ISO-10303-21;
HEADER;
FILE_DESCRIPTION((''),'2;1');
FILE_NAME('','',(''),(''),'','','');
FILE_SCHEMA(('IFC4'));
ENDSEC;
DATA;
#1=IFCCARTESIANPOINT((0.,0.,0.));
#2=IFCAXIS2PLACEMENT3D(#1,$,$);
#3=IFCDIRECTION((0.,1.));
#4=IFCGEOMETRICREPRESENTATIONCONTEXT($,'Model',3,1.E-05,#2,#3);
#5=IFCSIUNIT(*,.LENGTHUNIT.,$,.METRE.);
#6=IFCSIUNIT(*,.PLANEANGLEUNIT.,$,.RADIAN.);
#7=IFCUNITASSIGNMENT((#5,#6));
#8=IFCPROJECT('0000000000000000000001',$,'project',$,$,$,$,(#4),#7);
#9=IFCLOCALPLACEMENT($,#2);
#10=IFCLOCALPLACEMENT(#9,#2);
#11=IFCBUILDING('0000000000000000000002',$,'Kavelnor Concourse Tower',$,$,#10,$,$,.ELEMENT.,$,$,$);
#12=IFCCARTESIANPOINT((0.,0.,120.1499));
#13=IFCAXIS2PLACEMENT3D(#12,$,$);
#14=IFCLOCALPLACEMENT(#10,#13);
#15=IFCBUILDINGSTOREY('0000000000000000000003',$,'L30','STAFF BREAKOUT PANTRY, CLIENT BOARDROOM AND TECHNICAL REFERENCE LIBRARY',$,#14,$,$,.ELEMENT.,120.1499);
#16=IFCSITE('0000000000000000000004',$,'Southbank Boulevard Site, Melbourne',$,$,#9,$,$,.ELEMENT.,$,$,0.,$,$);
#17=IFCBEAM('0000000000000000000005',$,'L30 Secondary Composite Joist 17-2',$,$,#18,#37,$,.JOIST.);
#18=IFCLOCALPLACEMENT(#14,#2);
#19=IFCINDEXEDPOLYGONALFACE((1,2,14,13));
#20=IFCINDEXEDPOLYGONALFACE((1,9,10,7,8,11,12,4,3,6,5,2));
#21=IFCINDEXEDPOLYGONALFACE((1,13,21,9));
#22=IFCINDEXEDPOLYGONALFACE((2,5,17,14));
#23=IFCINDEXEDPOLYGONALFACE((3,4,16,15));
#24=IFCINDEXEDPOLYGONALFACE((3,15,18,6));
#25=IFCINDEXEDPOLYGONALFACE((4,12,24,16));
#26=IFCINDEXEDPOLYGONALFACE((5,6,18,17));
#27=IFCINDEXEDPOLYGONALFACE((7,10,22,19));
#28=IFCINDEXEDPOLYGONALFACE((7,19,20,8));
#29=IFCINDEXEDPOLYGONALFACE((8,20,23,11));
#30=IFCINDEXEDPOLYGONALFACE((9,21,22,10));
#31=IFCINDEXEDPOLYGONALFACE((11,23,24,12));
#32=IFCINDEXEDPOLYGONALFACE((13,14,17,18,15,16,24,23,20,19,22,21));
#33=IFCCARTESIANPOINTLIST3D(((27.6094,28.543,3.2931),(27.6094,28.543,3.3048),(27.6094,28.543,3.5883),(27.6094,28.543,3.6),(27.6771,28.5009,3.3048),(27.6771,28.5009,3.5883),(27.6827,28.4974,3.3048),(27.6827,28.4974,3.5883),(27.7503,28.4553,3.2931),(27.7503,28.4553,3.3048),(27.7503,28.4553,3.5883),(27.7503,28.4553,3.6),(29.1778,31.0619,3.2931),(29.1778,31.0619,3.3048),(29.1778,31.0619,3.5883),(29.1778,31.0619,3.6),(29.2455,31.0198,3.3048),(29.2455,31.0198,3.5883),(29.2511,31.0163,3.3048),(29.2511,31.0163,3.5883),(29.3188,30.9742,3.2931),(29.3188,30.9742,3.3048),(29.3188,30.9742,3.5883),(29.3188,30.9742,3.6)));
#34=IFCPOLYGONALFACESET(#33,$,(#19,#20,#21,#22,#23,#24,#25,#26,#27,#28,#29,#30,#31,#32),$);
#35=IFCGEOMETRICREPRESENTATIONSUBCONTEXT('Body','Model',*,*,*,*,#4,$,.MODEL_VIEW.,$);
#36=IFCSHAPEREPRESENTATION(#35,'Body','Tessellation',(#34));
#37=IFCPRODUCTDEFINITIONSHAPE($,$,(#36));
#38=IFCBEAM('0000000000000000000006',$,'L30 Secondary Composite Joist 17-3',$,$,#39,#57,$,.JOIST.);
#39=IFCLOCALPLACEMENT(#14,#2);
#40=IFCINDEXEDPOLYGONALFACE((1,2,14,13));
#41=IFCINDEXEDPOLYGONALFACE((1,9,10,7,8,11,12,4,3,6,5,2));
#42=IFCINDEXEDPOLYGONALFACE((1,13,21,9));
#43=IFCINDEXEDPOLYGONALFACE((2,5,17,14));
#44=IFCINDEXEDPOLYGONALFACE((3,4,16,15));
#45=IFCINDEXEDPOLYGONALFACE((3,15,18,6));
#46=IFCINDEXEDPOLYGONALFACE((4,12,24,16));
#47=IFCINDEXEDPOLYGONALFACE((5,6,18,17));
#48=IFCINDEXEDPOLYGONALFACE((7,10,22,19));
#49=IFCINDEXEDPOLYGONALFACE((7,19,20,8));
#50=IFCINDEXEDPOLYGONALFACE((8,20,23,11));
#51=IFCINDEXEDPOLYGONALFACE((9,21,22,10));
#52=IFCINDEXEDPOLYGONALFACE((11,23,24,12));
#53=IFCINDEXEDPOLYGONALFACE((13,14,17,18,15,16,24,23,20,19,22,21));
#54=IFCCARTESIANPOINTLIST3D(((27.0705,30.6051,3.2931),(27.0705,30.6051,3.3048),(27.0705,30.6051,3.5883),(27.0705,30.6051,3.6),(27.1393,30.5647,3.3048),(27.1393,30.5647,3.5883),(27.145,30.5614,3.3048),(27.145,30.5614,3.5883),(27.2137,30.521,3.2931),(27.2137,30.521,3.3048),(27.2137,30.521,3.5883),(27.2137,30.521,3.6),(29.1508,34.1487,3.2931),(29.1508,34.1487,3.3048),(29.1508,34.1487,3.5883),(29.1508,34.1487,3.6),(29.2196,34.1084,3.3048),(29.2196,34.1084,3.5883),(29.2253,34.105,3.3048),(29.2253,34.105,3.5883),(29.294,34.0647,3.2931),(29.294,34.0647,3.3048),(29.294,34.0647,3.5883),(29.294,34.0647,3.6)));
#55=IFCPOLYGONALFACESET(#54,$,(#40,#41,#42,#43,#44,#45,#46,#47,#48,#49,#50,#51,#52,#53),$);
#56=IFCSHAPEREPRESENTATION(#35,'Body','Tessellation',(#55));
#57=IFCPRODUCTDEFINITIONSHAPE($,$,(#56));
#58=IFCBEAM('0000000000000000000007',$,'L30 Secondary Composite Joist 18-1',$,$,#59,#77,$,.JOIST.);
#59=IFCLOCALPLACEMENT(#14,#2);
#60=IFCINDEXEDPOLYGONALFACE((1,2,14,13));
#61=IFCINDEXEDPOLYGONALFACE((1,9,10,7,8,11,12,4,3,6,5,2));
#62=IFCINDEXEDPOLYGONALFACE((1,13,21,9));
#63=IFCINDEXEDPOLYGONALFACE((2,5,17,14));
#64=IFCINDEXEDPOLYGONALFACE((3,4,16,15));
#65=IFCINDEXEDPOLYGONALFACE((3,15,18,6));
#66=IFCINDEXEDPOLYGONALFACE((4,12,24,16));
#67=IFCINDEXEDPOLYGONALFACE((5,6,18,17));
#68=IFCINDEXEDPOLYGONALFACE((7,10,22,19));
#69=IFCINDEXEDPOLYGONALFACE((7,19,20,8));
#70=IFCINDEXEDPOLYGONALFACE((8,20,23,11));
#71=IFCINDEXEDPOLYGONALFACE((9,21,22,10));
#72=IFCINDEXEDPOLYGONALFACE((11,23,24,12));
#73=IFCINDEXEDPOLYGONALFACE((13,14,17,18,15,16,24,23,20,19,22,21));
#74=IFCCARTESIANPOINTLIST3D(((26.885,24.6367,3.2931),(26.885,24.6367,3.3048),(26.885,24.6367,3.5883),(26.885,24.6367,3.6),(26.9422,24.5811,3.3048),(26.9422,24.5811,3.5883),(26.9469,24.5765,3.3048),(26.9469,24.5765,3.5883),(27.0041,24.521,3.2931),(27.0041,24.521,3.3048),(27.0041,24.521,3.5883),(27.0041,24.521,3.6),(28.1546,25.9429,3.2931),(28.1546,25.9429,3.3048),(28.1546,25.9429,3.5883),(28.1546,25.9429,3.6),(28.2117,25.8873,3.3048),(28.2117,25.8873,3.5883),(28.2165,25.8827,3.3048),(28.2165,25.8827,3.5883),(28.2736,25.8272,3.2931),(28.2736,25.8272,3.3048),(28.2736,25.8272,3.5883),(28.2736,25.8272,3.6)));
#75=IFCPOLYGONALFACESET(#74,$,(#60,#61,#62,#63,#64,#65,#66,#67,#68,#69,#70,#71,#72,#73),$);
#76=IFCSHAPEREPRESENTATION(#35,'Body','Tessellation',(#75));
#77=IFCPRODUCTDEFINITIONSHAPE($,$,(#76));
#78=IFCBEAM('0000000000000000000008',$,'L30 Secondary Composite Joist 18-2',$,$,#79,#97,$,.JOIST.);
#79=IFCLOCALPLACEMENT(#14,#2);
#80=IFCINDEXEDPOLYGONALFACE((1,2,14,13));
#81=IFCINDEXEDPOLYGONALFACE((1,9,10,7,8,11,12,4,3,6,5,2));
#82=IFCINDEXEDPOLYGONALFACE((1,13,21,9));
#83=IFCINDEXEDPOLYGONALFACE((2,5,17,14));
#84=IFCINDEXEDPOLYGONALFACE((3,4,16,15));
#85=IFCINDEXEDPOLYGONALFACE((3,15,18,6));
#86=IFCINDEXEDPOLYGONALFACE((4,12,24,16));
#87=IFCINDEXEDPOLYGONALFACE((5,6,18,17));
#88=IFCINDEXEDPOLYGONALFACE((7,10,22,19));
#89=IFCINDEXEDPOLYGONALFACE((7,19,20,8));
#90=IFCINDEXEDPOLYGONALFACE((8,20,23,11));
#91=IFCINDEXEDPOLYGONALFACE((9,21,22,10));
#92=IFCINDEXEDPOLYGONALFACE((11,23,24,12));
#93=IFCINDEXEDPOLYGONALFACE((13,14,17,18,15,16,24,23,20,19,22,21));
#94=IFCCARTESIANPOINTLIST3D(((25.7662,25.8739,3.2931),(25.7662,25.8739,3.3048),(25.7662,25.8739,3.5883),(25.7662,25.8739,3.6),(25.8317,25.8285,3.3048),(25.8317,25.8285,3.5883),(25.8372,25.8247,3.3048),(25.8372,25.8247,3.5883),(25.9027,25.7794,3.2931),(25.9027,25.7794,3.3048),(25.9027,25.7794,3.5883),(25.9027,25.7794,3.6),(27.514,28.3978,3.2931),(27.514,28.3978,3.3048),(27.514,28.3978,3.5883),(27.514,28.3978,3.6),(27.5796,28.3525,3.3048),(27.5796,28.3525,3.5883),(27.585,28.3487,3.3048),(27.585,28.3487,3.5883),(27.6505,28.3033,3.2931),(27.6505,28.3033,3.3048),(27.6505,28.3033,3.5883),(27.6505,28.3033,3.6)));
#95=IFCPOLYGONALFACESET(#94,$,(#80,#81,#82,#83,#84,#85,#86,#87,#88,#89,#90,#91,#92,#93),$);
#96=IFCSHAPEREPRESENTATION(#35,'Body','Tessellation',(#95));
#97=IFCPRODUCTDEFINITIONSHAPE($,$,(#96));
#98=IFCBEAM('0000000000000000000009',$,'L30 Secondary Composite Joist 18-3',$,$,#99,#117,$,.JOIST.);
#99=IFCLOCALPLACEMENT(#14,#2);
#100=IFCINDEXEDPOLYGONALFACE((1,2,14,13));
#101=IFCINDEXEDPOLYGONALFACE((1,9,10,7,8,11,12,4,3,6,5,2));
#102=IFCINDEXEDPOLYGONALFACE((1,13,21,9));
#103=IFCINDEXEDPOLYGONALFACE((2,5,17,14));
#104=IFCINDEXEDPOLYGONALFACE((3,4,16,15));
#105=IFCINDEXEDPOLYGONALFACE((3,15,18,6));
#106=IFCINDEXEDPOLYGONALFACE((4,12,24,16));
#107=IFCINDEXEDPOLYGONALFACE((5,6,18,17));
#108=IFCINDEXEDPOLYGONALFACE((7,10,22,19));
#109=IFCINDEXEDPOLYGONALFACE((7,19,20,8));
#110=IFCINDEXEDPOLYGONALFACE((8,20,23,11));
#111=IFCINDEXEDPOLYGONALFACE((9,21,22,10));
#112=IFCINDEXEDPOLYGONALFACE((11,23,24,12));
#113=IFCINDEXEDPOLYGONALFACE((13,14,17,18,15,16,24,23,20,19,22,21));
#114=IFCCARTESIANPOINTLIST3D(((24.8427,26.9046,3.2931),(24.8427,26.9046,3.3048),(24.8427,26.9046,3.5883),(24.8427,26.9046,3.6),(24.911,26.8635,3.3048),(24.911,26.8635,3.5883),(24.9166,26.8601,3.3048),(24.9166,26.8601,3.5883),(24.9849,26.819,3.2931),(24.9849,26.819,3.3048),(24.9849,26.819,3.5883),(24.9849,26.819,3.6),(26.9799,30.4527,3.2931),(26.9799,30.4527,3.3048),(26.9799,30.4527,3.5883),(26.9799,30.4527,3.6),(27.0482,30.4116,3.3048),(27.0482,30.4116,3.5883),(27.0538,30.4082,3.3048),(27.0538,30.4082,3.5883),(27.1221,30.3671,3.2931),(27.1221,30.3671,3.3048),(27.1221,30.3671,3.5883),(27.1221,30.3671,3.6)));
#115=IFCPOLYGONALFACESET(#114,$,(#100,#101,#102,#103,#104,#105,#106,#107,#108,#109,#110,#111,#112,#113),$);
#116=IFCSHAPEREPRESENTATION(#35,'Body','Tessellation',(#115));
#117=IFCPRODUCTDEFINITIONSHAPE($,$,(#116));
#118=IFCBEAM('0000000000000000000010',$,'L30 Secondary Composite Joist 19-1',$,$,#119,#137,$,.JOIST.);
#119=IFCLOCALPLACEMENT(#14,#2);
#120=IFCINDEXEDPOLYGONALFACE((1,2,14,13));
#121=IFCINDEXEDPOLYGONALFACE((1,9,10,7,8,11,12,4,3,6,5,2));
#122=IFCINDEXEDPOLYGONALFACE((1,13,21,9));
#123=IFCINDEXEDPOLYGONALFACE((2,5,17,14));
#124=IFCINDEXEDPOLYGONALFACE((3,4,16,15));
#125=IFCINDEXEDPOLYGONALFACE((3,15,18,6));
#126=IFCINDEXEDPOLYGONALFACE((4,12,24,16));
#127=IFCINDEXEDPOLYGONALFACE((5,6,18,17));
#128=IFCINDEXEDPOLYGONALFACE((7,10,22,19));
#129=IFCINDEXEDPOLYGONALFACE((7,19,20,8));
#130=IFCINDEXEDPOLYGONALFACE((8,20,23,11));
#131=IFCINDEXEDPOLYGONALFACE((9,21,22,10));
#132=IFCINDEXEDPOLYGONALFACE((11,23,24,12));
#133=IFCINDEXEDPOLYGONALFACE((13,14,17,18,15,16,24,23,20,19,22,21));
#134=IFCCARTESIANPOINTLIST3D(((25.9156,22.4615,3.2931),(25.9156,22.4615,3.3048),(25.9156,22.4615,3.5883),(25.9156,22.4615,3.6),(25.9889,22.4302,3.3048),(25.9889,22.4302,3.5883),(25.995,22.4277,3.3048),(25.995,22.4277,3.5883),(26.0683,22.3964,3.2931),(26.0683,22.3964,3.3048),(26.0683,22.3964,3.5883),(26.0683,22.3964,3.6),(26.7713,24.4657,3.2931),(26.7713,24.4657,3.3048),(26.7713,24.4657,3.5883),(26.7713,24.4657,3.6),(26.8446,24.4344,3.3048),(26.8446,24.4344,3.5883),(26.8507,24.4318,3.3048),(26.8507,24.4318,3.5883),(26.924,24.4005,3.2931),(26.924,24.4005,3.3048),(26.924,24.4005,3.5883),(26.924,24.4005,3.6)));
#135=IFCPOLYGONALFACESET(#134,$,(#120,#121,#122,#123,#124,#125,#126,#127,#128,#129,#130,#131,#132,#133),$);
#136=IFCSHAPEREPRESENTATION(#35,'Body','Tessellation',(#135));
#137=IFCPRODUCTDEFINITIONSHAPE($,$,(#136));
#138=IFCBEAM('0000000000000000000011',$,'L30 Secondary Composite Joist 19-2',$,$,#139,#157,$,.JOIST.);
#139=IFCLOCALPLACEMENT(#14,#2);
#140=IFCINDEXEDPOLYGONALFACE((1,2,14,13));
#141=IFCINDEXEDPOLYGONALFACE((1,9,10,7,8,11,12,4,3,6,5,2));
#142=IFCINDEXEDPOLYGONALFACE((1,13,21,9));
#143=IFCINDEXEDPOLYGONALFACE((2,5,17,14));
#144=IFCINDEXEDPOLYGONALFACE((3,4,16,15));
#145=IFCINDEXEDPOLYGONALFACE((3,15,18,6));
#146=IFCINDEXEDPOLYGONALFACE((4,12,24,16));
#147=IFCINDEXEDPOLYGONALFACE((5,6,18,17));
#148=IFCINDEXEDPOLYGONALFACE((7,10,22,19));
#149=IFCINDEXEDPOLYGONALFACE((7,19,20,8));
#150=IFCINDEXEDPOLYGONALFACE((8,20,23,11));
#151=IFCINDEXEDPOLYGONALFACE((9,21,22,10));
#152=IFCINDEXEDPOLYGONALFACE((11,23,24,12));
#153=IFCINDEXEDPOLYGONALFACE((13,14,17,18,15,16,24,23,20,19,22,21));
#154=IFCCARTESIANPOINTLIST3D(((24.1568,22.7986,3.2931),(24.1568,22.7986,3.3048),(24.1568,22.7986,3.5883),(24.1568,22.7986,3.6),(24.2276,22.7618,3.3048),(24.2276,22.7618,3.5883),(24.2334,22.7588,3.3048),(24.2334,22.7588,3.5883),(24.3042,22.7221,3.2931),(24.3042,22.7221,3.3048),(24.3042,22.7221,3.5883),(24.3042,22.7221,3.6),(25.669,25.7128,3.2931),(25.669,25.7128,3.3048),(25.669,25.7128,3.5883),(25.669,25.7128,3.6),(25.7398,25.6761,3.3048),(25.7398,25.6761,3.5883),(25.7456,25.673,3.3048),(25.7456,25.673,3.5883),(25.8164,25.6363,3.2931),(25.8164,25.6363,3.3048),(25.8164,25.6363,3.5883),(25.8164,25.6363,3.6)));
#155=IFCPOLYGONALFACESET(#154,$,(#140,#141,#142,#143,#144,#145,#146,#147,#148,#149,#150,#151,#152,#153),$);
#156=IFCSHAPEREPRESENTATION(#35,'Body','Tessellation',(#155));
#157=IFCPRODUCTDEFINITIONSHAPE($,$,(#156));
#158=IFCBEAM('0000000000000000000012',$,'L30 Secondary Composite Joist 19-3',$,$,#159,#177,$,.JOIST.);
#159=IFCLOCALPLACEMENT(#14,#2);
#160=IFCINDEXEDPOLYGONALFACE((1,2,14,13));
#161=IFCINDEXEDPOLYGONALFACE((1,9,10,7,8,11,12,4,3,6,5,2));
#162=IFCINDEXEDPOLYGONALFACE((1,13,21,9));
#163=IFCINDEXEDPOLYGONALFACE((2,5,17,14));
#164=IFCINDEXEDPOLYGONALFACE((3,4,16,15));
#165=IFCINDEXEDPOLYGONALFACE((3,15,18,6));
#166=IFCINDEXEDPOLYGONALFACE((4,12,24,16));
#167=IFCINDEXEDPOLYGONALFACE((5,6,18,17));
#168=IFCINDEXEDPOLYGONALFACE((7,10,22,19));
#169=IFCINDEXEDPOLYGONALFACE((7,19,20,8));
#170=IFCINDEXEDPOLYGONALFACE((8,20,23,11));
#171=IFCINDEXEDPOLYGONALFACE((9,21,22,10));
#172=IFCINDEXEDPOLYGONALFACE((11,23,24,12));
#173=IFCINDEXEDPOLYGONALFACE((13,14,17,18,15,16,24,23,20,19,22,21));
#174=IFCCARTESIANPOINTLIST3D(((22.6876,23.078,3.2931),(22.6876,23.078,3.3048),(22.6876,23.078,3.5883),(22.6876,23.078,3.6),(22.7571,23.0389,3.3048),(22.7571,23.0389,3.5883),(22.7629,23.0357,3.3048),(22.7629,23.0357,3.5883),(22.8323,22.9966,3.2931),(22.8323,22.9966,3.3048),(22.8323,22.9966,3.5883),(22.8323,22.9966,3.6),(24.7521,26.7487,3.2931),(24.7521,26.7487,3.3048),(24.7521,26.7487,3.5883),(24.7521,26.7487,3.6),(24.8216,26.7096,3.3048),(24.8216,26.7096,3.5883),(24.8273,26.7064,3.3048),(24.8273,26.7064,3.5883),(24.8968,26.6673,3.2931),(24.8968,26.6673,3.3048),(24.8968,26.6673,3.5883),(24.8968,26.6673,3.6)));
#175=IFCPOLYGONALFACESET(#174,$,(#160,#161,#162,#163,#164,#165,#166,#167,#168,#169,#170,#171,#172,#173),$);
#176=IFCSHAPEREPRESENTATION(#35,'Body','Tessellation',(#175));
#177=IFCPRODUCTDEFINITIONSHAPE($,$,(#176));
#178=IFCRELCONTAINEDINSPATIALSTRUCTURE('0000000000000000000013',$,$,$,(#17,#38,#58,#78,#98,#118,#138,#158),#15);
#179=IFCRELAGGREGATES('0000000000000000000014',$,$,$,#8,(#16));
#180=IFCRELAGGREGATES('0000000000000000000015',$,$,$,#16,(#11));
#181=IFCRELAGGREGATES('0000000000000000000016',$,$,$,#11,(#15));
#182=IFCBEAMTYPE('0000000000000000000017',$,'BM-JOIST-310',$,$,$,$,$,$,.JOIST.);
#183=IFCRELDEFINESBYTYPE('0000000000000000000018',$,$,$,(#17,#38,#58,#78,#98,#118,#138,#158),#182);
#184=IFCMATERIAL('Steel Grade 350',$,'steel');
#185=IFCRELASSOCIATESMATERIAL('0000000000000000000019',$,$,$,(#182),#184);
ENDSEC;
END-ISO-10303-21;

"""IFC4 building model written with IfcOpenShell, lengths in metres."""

from ifc_helpers import new_model, si_unit, direction, frame, origin, origin_2d, place, context, subcontext, project, spatial, i_section, extrude, material, material_profile, profile_set, type_object, element, save


model = new_model("IFC4")

# Units and contexts
model_context = context("Model", 3, precision=1e-05, world=origin(), true_north=direction((0.0, 1.0)))
body_context = subcontext(model_context, "Body", "Model", "MODEL_VIEW")
ifc_project = project(units=[si_unit("LENGTHUNIT", "METRE"), si_unit("PLANEANGLEUNIT", "RADIAN")], contexts=[model_context])

# Site, building, storey
site_placement = place(None, origin())
site = spatial("IfcSite", under=ifc_project, at=site_placement, Name="Southbank Boulevard Site, Melbourne", CompositionType="ELEMENT", RefElevation=0.0)
building_placement = place(site_placement, origin())
building = spatial("IfcBuilding", under=site, at=building_placement, Name="Kavelnor Concourse Tower", CompositionType="ELEMENT")
storey_placement = place(building_placement, frame((0.0, 0.0, 120.1499)))
storey = spatial("IfcBuildingStorey", under=building, at=storey_placement, Name="L30", Description="STAFF BREAKOUT PANTRY, CLIENT BOARDROOM AND TECHNICAL REFERENCE LIBRARY", CompositionType="ELEMENT", Elevation=120.1499)

# Shared definitions
ifc_material_1 = material(Name="Steel Grade 350", Category="steel")

# Beams
ifc_material_profile_1 = material_profile(ifc_material_1, i_section(OverallWidth=0.166, OverallDepth=0.3069, WebThickness=0.0066, FlangeThickness=0.0117, at=origin_2d()), Name="310UB46")
ifc_profile_set_1 = profile_set([ifc_material_profile_1], Name="Steel Grade 350")
beam_type_1 = type_object("IfcBeamType", Name="BM-JOIST-310", PredefinedType="JOIST", material=ifc_profile_set_1)
beam_1_placement = place(storey_placement, frame((29.2483, 31.0181, 3.4465), z_axis=(-0.528571, -0.848889, 0.0), x_axis=(0.848889, -0.528571, 0.0)))
element("IfcBeam", 1, at=beam_1_placement, inside=storey, type_object=beam_type_1, Name="L30 Secondary Composite Joist 17-2", PredefinedType="JOIST", context=body_context, shape_type="SweptSolid", body=[
    extrude(i_section(OverallWidth=0.166, OverallDepth=0.3069, WebThickness=0.0066, FlangeThickness=0.0117, at=origin_2d()), origin(), (0.0, 0.0, 1.0), 2.9673),
])
beam_2_placement = place(storey_placement, frame((29.2224, 34.1067, 3.4465), z_axis=(-0.506259, -0.862381, 0.0), x_axis=(0.862381, -0.506259, 0.0)))
element("IfcBeam", 2, at=beam_2_placement, inside=storey, type_object=beam_type_1, Name="L30 Secondary Composite Joist 17-3", PredefinedType="JOIST", context=body_context, shape_type="SweptSolid", body=[
    extrude(i_section(OverallWidth=0.166, OverallDepth=0.3069, WebThickness=0.0066, FlangeThickness=0.0117, at=origin_2d()), origin(), (0.0, 0.0, 1.0), 4.1091),
])
beam_3_placement = place(storey_placement, frame((28.2141, 25.885, 3.4465), z_axis=(-0.696983, -0.717088, 0.0), x_axis=(0.717088, -0.696983, 0.0)))
element("IfcBeam", 3, at=beam_3_placement, inside=storey, type_object=beam_type_1, Name="L30 Secondary Composite Joist 18-1", PredefinedType="JOIST", context=body_context, shape_type="SweptSolid", body=[
    extrude(i_section(OverallWidth=0.166, OverallDepth=0.3069, WebThickness=0.0066, FlangeThickness=0.0117, at=origin_2d()), origin(), (0.0, 0.0, 1.0), 1.8215),
])
beam_4_placement = place(storey_placement, frame((27.5823, 28.3506, 3.4465), z_axis=(-0.569313, -0.822121, 0.0), x_axis=(0.822121, -0.569313, 0.0)))
element("IfcBeam", 4, at=beam_4_placement, inside=storey, type_object=beam_type_1, Name="L30 Secondary Composite Joist 18-2", PredefinedType="JOIST", context=body_context, shape_type="SweptSolid", body=[
    extrude(i_section(OverallWidth=0.166, OverallDepth=0.3069, WebThickness=0.0066, FlangeThickness=0.0117, at=origin_2d()), origin(), (0.0, 0.0, 1.0), 3.0701),
])
beam_5_placement = place(storey_placement, frame((27.051, 30.4099, 3.4465), z_axis=(-0.515977, -0.856602, 0.0), x_axis=(0.856602, -0.515977, 0.0)))
element("IfcBeam", 5, at=beam_5_placement, inside=storey, type_object=beam_type_1, Name="L30 Secondary Composite Joist 18-3", PredefinedType="JOIST", context=body_context, shape_type="SweptSolid", body=[
    extrude(i_section(OverallWidth=0.166, OverallDepth=0.3069, WebThickness=0.0066, FlangeThickness=0.0117, at=origin_2d()), origin(), (0.0, 0.0, 1.0), 4.1421),
])
beam_6_placement = place(storey_placement, frame((26.8477, 24.4331, 3.4465), z_axis=(-0.392675, -0.919677, 0.0), x_axis=(0.919677, -0.392675, 0.0)))
element("IfcBeam", 6, at=beam_6_placement, inside=storey, type_object=beam_type_1, Name="L30 Secondary Composite Joist 19-1", PredefinedType="JOIST", context=body_context, shape_type="SweptSolid", body=[
    extrude(i_section(OverallWidth=0.166, OverallDepth=0.3069, WebThickness=0.0066, FlangeThickness=0.0117, at=origin_2d()), origin(), (0.0, 0.0, 1.0), 2.1792),
])
beam_7_placement = place(storey_placement, frame((25.7427, 25.6746, 3.4465), z_axis=(-0.460578, -0.887619, 0.0), x_axis=(0.887619, -0.460578, 0.0)))
element("IfcBeam", 7, at=beam_7_placement, inside=storey, type_object=beam_type_1, Name="L30 Secondary Composite Joist 19-2", PredefinedType="JOIST", context=body_context, shape_type="SweptSolid", body=[
    extrude(i_section(OverallWidth=0.166, OverallDepth=0.3069, WebThickness=0.0066, FlangeThickness=0.0117, at=origin_2d()), origin(), (0.0, 0.0, 1.0), 3.2832),
])
beam_8_placement = place(storey_placement, frame((24.8245, 26.708, 3.4465), z_axis=(-0.490209, -0.871605, 0.0), x_axis=(0.871605, -0.490209, 0.0)))
element("IfcBeam", 8, at=beam_8_placement, inside=storey, type_object=beam_type_1, Name="L30 Secondary Composite Joist 19-3", PredefinedType="JOIST", context=body_context, shape_type="SweptSolid", body=[
    extrude(i_section(OverallWidth=0.166, OverallDepth=0.3069, WebThickness=0.0066, FlangeThickness=0.0117, at=origin_2d()), origin(), (0.0, 0.0, 1.0), 4.2114),
])

save(model, "model.ifc")
